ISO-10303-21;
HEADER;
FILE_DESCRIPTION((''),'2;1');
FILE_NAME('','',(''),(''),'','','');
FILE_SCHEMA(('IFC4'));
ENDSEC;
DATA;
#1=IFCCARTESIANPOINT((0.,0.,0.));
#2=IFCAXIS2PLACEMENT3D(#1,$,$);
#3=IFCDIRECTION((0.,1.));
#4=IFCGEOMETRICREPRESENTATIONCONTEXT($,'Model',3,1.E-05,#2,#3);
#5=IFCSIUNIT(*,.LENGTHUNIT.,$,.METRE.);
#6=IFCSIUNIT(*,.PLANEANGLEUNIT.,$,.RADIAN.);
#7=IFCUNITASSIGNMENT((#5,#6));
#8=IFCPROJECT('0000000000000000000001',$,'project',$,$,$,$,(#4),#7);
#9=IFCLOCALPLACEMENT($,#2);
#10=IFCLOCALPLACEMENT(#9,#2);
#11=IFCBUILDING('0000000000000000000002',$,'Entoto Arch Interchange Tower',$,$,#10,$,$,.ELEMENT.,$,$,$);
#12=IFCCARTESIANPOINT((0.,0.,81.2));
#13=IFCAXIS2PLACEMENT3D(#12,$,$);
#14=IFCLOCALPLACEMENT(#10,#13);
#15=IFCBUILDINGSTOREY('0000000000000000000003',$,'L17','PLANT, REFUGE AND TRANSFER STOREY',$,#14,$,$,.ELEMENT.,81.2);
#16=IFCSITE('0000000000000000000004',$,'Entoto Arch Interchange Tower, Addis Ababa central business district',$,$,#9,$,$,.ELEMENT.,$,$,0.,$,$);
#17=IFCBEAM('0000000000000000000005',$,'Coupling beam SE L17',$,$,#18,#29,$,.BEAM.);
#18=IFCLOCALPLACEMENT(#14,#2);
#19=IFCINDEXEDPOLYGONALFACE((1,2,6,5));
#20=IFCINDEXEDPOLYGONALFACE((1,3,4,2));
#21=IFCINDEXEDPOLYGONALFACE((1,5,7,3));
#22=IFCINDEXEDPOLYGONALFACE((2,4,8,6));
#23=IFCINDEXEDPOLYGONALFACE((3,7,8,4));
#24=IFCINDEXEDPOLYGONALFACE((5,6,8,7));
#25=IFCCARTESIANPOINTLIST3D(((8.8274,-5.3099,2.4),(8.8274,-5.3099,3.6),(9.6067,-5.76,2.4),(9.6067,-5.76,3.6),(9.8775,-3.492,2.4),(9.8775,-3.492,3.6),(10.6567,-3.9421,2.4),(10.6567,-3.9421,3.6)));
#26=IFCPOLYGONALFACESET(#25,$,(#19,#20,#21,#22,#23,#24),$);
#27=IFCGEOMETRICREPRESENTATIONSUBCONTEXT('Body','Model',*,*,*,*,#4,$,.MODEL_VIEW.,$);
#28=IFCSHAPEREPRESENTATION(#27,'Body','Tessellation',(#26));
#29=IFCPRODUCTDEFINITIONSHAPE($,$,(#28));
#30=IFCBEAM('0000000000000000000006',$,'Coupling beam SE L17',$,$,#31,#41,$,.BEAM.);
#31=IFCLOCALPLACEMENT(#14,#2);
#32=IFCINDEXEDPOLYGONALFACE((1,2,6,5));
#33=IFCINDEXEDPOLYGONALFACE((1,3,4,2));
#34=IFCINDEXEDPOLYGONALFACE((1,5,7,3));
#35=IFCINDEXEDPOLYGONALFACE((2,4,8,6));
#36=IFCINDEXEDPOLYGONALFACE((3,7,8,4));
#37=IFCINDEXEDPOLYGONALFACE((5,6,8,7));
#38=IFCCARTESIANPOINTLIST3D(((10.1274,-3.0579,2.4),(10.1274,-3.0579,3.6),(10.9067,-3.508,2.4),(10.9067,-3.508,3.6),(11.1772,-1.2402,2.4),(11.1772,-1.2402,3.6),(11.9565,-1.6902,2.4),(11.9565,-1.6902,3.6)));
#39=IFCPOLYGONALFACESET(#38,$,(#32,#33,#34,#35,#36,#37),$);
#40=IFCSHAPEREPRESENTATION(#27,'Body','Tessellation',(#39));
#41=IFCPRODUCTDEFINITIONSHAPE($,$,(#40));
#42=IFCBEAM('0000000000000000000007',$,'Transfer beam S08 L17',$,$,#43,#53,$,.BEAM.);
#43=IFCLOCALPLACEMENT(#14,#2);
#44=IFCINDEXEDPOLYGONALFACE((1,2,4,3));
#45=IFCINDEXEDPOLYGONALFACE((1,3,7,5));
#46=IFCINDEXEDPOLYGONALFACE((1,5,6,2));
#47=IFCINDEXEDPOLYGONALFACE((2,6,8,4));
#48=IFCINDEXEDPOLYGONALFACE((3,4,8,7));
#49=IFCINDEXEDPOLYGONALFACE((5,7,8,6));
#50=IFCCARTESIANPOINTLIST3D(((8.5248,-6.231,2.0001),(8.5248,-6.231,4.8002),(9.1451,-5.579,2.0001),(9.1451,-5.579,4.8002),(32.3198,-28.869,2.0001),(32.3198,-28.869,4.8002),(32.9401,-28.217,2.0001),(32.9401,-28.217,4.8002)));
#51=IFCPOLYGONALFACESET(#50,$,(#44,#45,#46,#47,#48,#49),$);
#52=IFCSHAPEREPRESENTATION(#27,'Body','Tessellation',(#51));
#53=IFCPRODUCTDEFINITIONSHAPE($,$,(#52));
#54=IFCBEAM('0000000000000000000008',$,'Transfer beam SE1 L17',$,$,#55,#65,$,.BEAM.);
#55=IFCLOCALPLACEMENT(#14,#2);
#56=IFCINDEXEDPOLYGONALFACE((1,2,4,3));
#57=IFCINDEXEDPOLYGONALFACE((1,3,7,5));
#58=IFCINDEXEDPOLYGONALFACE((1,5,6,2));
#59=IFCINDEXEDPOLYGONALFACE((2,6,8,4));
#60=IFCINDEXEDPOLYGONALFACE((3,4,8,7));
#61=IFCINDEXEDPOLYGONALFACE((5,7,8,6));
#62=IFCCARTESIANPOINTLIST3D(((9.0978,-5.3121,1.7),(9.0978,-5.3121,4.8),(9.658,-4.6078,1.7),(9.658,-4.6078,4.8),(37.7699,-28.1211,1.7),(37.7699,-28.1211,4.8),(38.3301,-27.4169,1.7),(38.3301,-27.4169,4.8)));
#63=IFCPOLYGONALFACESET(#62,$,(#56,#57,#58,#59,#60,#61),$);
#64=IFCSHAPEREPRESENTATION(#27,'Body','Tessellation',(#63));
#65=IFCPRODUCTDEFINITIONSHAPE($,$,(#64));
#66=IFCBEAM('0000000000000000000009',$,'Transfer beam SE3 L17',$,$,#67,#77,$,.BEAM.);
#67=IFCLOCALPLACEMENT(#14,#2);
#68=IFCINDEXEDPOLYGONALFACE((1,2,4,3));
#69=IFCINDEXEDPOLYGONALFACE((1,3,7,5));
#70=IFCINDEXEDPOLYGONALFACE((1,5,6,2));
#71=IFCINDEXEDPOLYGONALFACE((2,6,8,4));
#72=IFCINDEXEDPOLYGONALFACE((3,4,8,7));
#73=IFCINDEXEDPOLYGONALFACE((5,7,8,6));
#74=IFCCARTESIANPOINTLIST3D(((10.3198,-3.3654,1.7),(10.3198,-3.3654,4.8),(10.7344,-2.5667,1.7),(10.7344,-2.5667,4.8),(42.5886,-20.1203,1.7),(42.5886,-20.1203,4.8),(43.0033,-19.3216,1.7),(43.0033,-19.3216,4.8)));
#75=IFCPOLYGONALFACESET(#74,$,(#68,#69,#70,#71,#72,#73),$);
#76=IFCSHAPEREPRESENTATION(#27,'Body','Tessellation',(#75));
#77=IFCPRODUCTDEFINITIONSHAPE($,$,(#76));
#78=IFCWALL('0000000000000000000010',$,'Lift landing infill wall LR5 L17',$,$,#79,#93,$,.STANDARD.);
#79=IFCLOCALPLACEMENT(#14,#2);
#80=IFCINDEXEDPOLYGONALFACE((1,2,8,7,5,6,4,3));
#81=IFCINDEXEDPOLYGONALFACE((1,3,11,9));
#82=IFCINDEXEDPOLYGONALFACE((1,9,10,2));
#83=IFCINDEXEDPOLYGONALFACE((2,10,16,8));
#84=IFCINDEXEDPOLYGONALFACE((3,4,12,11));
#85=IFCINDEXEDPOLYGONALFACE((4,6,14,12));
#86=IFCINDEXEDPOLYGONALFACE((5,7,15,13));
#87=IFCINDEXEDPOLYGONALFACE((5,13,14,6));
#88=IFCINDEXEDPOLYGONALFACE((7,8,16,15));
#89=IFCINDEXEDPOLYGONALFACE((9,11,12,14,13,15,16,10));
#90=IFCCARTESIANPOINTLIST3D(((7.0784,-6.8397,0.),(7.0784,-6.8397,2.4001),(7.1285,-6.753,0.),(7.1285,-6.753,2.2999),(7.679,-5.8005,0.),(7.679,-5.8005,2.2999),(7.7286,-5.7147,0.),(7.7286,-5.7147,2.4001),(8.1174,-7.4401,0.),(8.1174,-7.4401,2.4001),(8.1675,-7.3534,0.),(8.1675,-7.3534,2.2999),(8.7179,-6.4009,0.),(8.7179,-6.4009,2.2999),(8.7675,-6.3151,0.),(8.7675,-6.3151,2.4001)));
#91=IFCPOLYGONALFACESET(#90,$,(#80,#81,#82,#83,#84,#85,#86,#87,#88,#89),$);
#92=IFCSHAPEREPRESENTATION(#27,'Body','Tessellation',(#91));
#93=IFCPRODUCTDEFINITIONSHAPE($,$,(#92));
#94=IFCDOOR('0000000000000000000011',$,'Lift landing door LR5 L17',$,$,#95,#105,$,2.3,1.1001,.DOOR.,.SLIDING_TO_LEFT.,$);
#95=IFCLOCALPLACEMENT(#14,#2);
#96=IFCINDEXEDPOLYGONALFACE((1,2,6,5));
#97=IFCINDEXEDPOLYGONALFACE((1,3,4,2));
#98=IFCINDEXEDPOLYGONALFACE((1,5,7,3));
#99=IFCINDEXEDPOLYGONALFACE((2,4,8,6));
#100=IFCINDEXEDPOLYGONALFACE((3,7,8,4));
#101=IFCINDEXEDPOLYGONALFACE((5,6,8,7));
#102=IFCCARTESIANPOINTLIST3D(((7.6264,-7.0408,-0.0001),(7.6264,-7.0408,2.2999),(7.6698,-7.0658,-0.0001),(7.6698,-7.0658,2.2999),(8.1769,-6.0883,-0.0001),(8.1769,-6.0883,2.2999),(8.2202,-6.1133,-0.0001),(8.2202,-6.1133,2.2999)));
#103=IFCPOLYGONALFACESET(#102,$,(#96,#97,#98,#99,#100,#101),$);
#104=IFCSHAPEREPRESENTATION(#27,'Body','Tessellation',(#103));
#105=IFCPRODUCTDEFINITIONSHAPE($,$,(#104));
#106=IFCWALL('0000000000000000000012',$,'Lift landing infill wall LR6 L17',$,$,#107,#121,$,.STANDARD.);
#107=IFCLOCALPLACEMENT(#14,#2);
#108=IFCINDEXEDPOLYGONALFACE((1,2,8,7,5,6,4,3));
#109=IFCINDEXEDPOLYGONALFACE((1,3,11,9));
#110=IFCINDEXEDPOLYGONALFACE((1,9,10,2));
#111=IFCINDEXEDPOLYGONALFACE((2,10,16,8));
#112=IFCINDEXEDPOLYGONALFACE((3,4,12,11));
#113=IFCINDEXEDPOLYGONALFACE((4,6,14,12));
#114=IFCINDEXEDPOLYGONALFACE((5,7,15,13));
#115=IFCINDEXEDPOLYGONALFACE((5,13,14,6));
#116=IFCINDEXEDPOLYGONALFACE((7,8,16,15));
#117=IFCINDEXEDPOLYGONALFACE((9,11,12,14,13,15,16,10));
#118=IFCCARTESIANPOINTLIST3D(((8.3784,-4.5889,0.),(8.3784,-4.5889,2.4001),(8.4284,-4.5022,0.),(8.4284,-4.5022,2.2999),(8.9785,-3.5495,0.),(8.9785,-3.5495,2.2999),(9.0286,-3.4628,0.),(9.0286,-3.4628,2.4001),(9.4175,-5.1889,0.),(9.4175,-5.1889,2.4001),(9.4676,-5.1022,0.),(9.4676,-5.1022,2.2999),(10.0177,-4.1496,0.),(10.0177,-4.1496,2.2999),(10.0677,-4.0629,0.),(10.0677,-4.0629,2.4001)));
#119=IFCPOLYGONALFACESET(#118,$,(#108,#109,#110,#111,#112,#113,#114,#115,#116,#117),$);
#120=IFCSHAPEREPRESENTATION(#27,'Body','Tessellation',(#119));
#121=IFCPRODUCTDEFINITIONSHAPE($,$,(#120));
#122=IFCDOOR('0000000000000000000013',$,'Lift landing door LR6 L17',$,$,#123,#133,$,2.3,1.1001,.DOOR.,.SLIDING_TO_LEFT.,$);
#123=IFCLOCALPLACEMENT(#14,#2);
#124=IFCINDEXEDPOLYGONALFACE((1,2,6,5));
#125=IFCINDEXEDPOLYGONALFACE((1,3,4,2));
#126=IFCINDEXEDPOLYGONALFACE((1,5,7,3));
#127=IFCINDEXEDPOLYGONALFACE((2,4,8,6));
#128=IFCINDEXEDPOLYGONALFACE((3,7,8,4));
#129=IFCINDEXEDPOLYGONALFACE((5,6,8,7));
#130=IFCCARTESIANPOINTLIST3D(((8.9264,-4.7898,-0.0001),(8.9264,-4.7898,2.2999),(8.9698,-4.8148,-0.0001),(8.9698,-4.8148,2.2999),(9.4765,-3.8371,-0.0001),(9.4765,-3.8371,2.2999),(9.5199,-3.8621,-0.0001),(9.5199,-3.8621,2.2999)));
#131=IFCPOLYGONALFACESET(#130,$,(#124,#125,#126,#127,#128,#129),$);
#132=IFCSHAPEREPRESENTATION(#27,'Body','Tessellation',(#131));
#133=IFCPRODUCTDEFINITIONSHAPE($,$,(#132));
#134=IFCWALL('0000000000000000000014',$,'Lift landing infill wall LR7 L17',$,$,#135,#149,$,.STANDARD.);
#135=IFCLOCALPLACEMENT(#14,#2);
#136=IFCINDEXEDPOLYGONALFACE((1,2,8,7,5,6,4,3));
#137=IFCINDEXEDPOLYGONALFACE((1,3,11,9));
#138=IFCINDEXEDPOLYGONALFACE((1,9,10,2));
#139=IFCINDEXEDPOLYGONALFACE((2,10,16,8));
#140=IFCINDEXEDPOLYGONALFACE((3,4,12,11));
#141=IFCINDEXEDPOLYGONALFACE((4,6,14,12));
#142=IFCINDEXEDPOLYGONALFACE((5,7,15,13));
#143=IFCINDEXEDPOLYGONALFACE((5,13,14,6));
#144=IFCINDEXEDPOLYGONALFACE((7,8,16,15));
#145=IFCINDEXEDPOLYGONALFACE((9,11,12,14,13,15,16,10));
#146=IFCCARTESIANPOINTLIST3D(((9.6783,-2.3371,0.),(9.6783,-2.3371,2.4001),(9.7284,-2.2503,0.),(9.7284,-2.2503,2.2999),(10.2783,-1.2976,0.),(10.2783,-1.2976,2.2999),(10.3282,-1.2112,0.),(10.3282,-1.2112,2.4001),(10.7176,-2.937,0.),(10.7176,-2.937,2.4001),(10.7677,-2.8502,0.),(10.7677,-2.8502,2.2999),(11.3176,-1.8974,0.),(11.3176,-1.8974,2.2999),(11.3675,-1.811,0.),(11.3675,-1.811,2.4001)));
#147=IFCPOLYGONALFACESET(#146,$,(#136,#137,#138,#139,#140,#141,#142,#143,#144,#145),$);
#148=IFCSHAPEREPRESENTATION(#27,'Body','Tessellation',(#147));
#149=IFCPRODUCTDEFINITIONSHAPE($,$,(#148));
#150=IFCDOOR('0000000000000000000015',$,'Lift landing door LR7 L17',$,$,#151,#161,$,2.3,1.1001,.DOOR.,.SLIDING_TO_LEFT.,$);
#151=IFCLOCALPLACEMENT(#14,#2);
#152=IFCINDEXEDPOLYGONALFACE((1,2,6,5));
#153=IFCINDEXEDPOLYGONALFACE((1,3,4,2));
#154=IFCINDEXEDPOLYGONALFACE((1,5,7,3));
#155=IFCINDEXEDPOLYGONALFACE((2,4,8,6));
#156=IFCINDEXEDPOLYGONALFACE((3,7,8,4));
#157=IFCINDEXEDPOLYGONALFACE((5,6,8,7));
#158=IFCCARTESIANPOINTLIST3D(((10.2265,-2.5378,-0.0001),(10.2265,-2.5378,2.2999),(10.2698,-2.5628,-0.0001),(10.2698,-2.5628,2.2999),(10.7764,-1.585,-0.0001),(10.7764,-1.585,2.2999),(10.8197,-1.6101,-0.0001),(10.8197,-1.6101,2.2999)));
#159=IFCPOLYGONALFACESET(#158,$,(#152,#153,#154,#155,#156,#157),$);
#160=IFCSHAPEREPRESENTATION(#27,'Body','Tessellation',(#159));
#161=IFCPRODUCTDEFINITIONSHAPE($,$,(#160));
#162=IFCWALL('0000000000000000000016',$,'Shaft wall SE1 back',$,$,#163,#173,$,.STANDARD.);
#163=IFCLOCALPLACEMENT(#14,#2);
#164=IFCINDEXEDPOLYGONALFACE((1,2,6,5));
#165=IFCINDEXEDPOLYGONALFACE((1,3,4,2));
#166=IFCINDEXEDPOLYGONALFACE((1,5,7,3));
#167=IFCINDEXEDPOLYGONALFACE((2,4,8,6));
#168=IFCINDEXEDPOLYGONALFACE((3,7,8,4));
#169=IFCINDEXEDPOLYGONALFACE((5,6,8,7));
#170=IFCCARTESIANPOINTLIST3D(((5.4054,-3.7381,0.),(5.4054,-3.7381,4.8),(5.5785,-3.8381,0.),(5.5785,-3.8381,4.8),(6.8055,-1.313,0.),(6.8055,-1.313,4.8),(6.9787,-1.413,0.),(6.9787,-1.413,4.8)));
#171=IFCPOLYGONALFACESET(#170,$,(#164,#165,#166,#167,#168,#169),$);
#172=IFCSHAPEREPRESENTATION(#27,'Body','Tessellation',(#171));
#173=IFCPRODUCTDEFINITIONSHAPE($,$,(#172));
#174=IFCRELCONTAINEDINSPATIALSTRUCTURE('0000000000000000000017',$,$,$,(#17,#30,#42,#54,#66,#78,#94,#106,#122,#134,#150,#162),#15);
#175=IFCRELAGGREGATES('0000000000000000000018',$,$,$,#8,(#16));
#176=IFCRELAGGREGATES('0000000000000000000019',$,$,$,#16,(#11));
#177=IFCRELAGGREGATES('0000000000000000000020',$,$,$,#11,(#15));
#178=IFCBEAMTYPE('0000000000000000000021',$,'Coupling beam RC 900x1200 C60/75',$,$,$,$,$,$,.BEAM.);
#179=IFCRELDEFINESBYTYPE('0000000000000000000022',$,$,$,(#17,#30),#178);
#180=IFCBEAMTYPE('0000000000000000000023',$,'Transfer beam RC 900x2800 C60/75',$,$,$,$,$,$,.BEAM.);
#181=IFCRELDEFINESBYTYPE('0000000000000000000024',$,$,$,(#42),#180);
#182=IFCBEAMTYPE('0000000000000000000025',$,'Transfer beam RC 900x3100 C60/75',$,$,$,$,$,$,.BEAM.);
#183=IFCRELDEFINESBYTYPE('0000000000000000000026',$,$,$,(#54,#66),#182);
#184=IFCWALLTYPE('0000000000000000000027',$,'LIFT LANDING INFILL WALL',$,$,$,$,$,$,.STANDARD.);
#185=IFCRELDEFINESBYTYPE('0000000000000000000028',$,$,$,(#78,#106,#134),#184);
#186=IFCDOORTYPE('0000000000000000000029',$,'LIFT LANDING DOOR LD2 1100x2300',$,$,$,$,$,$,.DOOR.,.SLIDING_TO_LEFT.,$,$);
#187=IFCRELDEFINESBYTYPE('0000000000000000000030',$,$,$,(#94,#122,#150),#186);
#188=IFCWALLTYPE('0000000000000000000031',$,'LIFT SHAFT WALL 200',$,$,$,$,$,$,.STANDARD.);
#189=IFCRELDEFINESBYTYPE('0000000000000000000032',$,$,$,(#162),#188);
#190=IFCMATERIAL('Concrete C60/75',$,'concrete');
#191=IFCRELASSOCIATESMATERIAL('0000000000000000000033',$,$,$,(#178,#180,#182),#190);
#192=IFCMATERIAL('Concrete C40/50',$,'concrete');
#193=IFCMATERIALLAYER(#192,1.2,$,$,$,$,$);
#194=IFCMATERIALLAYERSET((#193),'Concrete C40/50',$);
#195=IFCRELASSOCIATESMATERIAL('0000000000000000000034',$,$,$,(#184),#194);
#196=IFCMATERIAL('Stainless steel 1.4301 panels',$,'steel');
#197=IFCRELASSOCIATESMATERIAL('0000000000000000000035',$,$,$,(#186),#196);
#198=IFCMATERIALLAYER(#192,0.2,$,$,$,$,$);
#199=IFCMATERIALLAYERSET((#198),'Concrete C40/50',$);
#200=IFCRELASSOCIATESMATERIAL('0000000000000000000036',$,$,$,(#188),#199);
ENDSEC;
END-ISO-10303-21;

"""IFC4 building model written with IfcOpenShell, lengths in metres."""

from ifc_helpers import new_model, si_unit, direction, frame, frame_2d, origin, origin_2d, place, context, subcontext, project, spatial, rectangle, extrude, material, layer, layer_set, material_profile, profile_set, type_object, element, fill, save


model = new_model("IFC4")

# Units and contexts
model_context = context("Model", 3, precision=1e-05, world=origin(), true_north=direction((0.0, 1.0)))
body_context = subcontext(model_context, "Body", "Model", "MODEL_VIEW")
ifc_project = project(units=[si_unit("LENGTHUNIT", "METRE"), si_unit("PLANEANGLEUNIT", "RADIAN")], contexts=[model_context])

# Site, building, storey
site_placement = place(None, origin())
site = spatial("IfcSite", under=ifc_project, at=site_placement, Name="Entoto Arch Interchange Tower, Addis Ababa central business district", CompositionType="ELEMENT", RefElevation=0.0)
building_placement = place(site_placement, origin())
building = spatial("IfcBuilding", under=site, at=building_placement, Name="Entoto Arch Interchange Tower", CompositionType="ELEMENT")
storey_placement = place(building_placement, frame((0.0, 0.0, 81.2)))
storey = spatial("IfcBuildingStorey", under=building, at=storey_placement, Name="L17", Description="PLANT, REFUGE AND TRANSFER STOREY", CompositionType="ELEMENT", Elevation=81.2)

# Beams
ifc_material_1 = material(Name="Concrete C60/75", Category="concrete")
ifc_material_profile_1 = material_profile(ifc_material_1, rectangle(XDim=0.8999, YDim=1.2, at=origin_2d()))
ifc_profile_set_1 = profile_set([ifc_material_profile_1], Name="Concrete C60/75")
beam_type_1 = type_object("IfcBeamType", Name="Coupling beam RC 900x1200 C60/75", PredefinedType="BEAM", material=ifc_profile_set_1)
beam_1_placement = place(storey_placement, frame((9.217, -5.5349, 3.0), z_axis=(0.500179, 0.865922, 0.0), x_axis=(-0.865922, 0.500179, 0.0)))
element("IfcBeam", 1, at=beam_1_placement, inside=storey, type_object=beam_type_1, Name="Coupling beam SE L17", PredefinedType="BEAM", context=body_context, shape_type="SweptSolid", body=[
    extrude(rectangle(XDim=0.8999, YDim=1.2, at=origin_2d()), origin(), (0.0, 0.0, 1.0), 2.0994),
])
beam_2_placement = place(storey_placement, frame((10.5171, -3.283, 3.0), z_axis=(0.500092, 0.865973, 0.0), x_axis=(-0.865973, 0.500092, 0.0)))
element("IfcBeam", 2, at=beam_2_placement, inside=storey, type_object=beam_type_1, Name="Coupling beam SE L17", PredefinedType="BEAM", context=body_context, shape_type="SweptSolid", body=[
    extrude(rectangle(XDim=0.8999, YDim=1.2, at=origin_2d()), origin(), (0.0, 0.0, 1.0), 2.0991),
])
ifc_material_profile_2 = material_profile(ifc_material_1, rectangle(XDim=0.8999, YDim=2.8, at=origin_2d()))
ifc_profile_set_2 = profile_set([ifc_material_profile_2], Name="Concrete C60/75")
beam_type_2 = type_object("IfcBeamType", Name="Transfer beam RC 900x2800 C60/75", PredefinedType="BEAM", material=ifc_profile_set_2)
beam_3_placement = place(storey_placement, frame((8.835, -5.905, 3.4001), z_axis=(0.724501, -0.689274, 0.0), x_axis=(0.689274, 0.724501, 0.0)))
element("IfcBeam", 3, at=beam_3_placement, inside=storey, type_object=beam_type_2, Name="Transfer beam S08 L17", PredefinedType="BEAM", context=body_context, shape_type="SweptSolid", body=[
    extrude(rectangle(XDim=0.8999, YDim=2.8, at=origin_2d()), origin(), (0.0, 0.0, 1.0), 32.8433),
])
ifc_material_profile_3 = material_profile(ifc_material_1, rectangle(XDim=0.8999, YDim=3.1001, at=origin_2d()))
ifc_profile_set_3 = profile_set([ifc_material_profile_3], Name="Concrete C60/75")
beam_type_3 = type_object("IfcBeamType", Name="Transfer beam RC 900x3100 C60/75", PredefinedType="BEAM", material=ifc_profile_set_3)
beam_4_placement = place(storey_placement, frame((9.3779, -4.96, 3.25), z_axis=(0.782578, -0.622552, 0.0), x_axis=(0.622552, 0.782578, 0.0)))
element("IfcBeam", 4, at=beam_4_placement, inside=storey, type_object=beam_type_3, Name="Transfer beam SE1 L17", PredefinedType="BEAM", context=body_context, shape_type="SweptSolid", body=[
    extrude(rectangle(XDim=0.8999, YDim=3.1001, at=origin_2d()), origin(), (0.0, 0.0, 1.0), 36.6379),
])
beam_5_placement = place(storey_placement, frame((10.5271, -2.9661, 3.25), z_axis=(0.887497, -0.460814, 0.0), x_axis=(0.460814, 0.887497, 0.0)))
element("IfcBeam", 5, at=beam_5_placement, inside=storey, type_object=beam_type_3, Name="Transfer beam SE3 L17", PredefinedType="BEAM", context=body_context, shape_type="SweptSolid", body=[
    extrude(rectangle(XDim=0.8999, YDim=3.1001, at=origin_2d()), origin(), (0.0, 0.0, 1.0), 36.3594),
])

# Walls, openings, doors
ifc_material_2 = material(Name="Concrete C40/50", Category="concrete")
ifc_layer_1 = layer(ifc_material_2, 1.2)
ifc_layer_set_1 = layer_set([ifc_layer_1], Name="Concrete C40/50")
wall_type_1 = type_object("IfcWallType", Name="LIFT LANDING INFILL WALL", PredefinedType="STANDARD", material=ifc_layer_set_1)
wall_1_placement = place(storey_placement, frame((7.5979, -7.1399, 0.0), z_axis=(0.0, 0.0, 1.0), x_axis=(0.500362, 0.865816, 0.0)))
wall_1 = element("IfcWall", 6, at=wall_1_placement, inside=storey, type_object=wall_type_1, Name="Lift landing infill wall LR5 L17", PredefinedType="STANDARD", context=body_context, shape_type="SweptSolid", body=[
    extrude(rectangle(XDim=1.2993, YDim=1.2, at=frame_2d((0.6497, 0.0))), origin(), (0.0, 0.0, 1.0), 2.4001),
])
opening_1_placement = place(wall_1_placement, frame((0.1001, 0.0, 0.0)))
opening_1 = element("IfcOpeningElement", 7, at=opening_1_placement, cuts=wall_1, PredefinedType="OPENING", context=body_context, shape_type="SweptSolid", body=[
    extrude(rectangle(XDim=1.1001, YDim=2.3, at=frame_2d((0.55, 1.1499))), frame((0.0, 0.6099, 0.0), z_axis=(0.0, -1.0, 0.0), x_axis=(1.0, 0.0, 0.0)), (0.0, 0.0, 1.0), 1.22),
])
ifc_material_3 = material(Name="Stainless steel 1.4301 panels", Category="steel")
door_type_1 = type_object("IfcDoorType", Name="LIFT LANDING DOOR LD2 1100x2300", OperationType="SLIDING_TO_LEFT", PredefinedType="DOOR", material=ifc_material_3)
door_1_placement = place(opening_1_placement, origin())
door_1 = element("IfcDoor", 8, at=door_1_placement, inside=storey, type_object=door_type_1, Name="Lift landing door LR5 L17", OperationType="SLIDING_TO_LEFT", OverallHeight=2.3, OverallWidth=1.1001, PredefinedType="DOOR", context=body_context, shape_type="SweptSolid", body=[
    extrude(rectangle(XDim=1.1001, YDim=2.3, at=frame_2d((0.55, 1.1499))), frame((0.0, 0.0249, 0.0), z_axis=(0.0, -1.0, 0.0), x_axis=(1.0, 0.0, 0.0)), (0.0, 0.0, 1.0), 0.05),
])
fill(opening_1, door_1)
wall_2_placement = place(storey_placement, frame((8.8979, -4.8889, 0.0), z_axis=(0.0, 0.0, 1.0), x_axis=(0.500037, 0.866004, 0.0)))
wall_2 = element("IfcWall", 9, at=wall_2_placement, inside=storey, type_object=wall_type_1, Name="Lift landing infill wall LR6 L17", PredefinedType="STANDARD", context=body_context, shape_type="SweptSolid", body=[
    extrude(rectangle(XDim=1.3003, YDim=1.2, at=frame_2d((0.6501, 0.0))), origin(), (0.0, 0.0, 1.0), 2.4001),
])
opening_2_placement = place(wall_2_placement, frame((0.1001, 0.0, 0.0)))
opening_2 = element("IfcOpeningElement", 10, at=opening_2_placement, cuts=wall_2, PredefinedType="OPENING", context=body_context, shape_type="SweptSolid", body=[
    extrude(rectangle(XDim=1.1001, YDim=2.3, at=frame_2d((0.55, 1.1499))), frame((0.0, 0.6099, 0.0), z_axis=(0.0, -1.0, 0.0), x_axis=(1.0, 0.0, 0.0)), (0.0, 0.0, 1.0), 1.22),
])
door_2_placement = place(opening_2_placement, origin())
door_2 = element("IfcDoor", 11, at=door_2_placement, inside=storey, type_object=door_type_1, Name="Lift landing door LR6 L17", OperationType="SLIDING_TO_LEFT", OverallHeight=2.3, OverallWidth=1.1001, PredefinedType="DOOR", context=body_context, shape_type="SweptSolid", body=[
    extrude(rectangle(XDim=1.1001, YDim=2.3, at=frame_2d((0.55, 1.1499))), frame((0.0, 0.0249, 0.0), z_axis=(0.0, -1.0, 0.0), x_axis=(1.0, 0.0, 0.0)), (0.0, 0.0, 1.0), 0.05),
])
fill(opening_2, door_2)
wall_3_placement = place(storey_placement, frame((10.198, -2.637, 0.0), z_axis=(0.0, 0.0, 1.0), x_axis=(0.499896, 0.866086, 0.0)))
wall_3 = element("IfcWall", 12, at=wall_3_placement, inside=storey, type_object=wall_type_1, Name="Lift landing infill wall LR7 L17", PredefinedType="STANDARD", context=body_context, shape_type="SweptSolid", body=[
    extrude(rectangle(XDim=1.3, YDim=1.2, at=frame_2d((0.6499, 0.0))), origin(), (0.0, 0.0, 1.0), 2.4001),
])
opening_3_placement = place(wall_3_placement, frame((0.1001, 0.0, 0.0)))
opening_3 = element("IfcOpeningElement", 13, at=opening_3_placement, cuts=wall_3, PredefinedType="OPENING", context=body_context, shape_type="SweptSolid", body=[
    extrude(rectangle(XDim=1.1001, YDim=2.3, at=frame_2d((0.55, 1.1499))), frame((0.0, 0.6099, 0.0), z_axis=(0.0, -1.0, 0.0), x_axis=(1.0, 0.0, 0.0)), (0.0, 0.0, 1.0), 1.22),
])
door_3_placement = place(opening_3_placement, origin())
door_3 = element("IfcDoor", 14, at=door_3_placement, inside=storey, type_object=door_type_1, Name="Lift landing door LR7 L17", OperationType="SLIDING_TO_LEFT", OverallHeight=2.3, OverallWidth=1.1001, PredefinedType="DOOR", context=body_context, shape_type="SweptSolid", body=[
    extrude(rectangle(XDim=1.1001, YDim=2.3, at=frame_2d((0.55, 1.1499))), frame((0.0, 0.0249, 0.0), z_axis=(0.0, -1.0, 0.0), x_axis=(1.0, 0.0, 0.0)), (0.0, 0.0, 1.0), 0.05),
])
fill(opening_3, door_3)

# Wall
ifc_layer_2 = layer(ifc_material_2, 0.2)
ifc_layer_set_2 = layer_set([ifc_layer_2], Name="Concrete C40/50")
wall_type_2 = type_object("IfcWallType", Name="LIFT SHAFT WALL 200", PredefinedType="STANDARD", material=ifc_layer_set_2)
wall_4_placement = place(storey_placement, frame((5.4919, -3.7881, 0.0), z_axis=(0.0, 0.0, 1.0), x_axis=(0.500012, 0.866019, 0.0)))
element("IfcWall", 15, at=wall_4_placement, inside=storey, type_object=wall_type_2, Name="Shaft wall SE1 back", PredefinedType="STANDARD", context=body_context, shape_type="SweptSolid", body=[
    extrude(rectangle(XDim=2.8003, YDim=0.2, at=frame_2d((1.4001, 0.0))), origin(), (0.0, 0.0, 1.0), 4.8),
])

save(model, "model.ifc")
